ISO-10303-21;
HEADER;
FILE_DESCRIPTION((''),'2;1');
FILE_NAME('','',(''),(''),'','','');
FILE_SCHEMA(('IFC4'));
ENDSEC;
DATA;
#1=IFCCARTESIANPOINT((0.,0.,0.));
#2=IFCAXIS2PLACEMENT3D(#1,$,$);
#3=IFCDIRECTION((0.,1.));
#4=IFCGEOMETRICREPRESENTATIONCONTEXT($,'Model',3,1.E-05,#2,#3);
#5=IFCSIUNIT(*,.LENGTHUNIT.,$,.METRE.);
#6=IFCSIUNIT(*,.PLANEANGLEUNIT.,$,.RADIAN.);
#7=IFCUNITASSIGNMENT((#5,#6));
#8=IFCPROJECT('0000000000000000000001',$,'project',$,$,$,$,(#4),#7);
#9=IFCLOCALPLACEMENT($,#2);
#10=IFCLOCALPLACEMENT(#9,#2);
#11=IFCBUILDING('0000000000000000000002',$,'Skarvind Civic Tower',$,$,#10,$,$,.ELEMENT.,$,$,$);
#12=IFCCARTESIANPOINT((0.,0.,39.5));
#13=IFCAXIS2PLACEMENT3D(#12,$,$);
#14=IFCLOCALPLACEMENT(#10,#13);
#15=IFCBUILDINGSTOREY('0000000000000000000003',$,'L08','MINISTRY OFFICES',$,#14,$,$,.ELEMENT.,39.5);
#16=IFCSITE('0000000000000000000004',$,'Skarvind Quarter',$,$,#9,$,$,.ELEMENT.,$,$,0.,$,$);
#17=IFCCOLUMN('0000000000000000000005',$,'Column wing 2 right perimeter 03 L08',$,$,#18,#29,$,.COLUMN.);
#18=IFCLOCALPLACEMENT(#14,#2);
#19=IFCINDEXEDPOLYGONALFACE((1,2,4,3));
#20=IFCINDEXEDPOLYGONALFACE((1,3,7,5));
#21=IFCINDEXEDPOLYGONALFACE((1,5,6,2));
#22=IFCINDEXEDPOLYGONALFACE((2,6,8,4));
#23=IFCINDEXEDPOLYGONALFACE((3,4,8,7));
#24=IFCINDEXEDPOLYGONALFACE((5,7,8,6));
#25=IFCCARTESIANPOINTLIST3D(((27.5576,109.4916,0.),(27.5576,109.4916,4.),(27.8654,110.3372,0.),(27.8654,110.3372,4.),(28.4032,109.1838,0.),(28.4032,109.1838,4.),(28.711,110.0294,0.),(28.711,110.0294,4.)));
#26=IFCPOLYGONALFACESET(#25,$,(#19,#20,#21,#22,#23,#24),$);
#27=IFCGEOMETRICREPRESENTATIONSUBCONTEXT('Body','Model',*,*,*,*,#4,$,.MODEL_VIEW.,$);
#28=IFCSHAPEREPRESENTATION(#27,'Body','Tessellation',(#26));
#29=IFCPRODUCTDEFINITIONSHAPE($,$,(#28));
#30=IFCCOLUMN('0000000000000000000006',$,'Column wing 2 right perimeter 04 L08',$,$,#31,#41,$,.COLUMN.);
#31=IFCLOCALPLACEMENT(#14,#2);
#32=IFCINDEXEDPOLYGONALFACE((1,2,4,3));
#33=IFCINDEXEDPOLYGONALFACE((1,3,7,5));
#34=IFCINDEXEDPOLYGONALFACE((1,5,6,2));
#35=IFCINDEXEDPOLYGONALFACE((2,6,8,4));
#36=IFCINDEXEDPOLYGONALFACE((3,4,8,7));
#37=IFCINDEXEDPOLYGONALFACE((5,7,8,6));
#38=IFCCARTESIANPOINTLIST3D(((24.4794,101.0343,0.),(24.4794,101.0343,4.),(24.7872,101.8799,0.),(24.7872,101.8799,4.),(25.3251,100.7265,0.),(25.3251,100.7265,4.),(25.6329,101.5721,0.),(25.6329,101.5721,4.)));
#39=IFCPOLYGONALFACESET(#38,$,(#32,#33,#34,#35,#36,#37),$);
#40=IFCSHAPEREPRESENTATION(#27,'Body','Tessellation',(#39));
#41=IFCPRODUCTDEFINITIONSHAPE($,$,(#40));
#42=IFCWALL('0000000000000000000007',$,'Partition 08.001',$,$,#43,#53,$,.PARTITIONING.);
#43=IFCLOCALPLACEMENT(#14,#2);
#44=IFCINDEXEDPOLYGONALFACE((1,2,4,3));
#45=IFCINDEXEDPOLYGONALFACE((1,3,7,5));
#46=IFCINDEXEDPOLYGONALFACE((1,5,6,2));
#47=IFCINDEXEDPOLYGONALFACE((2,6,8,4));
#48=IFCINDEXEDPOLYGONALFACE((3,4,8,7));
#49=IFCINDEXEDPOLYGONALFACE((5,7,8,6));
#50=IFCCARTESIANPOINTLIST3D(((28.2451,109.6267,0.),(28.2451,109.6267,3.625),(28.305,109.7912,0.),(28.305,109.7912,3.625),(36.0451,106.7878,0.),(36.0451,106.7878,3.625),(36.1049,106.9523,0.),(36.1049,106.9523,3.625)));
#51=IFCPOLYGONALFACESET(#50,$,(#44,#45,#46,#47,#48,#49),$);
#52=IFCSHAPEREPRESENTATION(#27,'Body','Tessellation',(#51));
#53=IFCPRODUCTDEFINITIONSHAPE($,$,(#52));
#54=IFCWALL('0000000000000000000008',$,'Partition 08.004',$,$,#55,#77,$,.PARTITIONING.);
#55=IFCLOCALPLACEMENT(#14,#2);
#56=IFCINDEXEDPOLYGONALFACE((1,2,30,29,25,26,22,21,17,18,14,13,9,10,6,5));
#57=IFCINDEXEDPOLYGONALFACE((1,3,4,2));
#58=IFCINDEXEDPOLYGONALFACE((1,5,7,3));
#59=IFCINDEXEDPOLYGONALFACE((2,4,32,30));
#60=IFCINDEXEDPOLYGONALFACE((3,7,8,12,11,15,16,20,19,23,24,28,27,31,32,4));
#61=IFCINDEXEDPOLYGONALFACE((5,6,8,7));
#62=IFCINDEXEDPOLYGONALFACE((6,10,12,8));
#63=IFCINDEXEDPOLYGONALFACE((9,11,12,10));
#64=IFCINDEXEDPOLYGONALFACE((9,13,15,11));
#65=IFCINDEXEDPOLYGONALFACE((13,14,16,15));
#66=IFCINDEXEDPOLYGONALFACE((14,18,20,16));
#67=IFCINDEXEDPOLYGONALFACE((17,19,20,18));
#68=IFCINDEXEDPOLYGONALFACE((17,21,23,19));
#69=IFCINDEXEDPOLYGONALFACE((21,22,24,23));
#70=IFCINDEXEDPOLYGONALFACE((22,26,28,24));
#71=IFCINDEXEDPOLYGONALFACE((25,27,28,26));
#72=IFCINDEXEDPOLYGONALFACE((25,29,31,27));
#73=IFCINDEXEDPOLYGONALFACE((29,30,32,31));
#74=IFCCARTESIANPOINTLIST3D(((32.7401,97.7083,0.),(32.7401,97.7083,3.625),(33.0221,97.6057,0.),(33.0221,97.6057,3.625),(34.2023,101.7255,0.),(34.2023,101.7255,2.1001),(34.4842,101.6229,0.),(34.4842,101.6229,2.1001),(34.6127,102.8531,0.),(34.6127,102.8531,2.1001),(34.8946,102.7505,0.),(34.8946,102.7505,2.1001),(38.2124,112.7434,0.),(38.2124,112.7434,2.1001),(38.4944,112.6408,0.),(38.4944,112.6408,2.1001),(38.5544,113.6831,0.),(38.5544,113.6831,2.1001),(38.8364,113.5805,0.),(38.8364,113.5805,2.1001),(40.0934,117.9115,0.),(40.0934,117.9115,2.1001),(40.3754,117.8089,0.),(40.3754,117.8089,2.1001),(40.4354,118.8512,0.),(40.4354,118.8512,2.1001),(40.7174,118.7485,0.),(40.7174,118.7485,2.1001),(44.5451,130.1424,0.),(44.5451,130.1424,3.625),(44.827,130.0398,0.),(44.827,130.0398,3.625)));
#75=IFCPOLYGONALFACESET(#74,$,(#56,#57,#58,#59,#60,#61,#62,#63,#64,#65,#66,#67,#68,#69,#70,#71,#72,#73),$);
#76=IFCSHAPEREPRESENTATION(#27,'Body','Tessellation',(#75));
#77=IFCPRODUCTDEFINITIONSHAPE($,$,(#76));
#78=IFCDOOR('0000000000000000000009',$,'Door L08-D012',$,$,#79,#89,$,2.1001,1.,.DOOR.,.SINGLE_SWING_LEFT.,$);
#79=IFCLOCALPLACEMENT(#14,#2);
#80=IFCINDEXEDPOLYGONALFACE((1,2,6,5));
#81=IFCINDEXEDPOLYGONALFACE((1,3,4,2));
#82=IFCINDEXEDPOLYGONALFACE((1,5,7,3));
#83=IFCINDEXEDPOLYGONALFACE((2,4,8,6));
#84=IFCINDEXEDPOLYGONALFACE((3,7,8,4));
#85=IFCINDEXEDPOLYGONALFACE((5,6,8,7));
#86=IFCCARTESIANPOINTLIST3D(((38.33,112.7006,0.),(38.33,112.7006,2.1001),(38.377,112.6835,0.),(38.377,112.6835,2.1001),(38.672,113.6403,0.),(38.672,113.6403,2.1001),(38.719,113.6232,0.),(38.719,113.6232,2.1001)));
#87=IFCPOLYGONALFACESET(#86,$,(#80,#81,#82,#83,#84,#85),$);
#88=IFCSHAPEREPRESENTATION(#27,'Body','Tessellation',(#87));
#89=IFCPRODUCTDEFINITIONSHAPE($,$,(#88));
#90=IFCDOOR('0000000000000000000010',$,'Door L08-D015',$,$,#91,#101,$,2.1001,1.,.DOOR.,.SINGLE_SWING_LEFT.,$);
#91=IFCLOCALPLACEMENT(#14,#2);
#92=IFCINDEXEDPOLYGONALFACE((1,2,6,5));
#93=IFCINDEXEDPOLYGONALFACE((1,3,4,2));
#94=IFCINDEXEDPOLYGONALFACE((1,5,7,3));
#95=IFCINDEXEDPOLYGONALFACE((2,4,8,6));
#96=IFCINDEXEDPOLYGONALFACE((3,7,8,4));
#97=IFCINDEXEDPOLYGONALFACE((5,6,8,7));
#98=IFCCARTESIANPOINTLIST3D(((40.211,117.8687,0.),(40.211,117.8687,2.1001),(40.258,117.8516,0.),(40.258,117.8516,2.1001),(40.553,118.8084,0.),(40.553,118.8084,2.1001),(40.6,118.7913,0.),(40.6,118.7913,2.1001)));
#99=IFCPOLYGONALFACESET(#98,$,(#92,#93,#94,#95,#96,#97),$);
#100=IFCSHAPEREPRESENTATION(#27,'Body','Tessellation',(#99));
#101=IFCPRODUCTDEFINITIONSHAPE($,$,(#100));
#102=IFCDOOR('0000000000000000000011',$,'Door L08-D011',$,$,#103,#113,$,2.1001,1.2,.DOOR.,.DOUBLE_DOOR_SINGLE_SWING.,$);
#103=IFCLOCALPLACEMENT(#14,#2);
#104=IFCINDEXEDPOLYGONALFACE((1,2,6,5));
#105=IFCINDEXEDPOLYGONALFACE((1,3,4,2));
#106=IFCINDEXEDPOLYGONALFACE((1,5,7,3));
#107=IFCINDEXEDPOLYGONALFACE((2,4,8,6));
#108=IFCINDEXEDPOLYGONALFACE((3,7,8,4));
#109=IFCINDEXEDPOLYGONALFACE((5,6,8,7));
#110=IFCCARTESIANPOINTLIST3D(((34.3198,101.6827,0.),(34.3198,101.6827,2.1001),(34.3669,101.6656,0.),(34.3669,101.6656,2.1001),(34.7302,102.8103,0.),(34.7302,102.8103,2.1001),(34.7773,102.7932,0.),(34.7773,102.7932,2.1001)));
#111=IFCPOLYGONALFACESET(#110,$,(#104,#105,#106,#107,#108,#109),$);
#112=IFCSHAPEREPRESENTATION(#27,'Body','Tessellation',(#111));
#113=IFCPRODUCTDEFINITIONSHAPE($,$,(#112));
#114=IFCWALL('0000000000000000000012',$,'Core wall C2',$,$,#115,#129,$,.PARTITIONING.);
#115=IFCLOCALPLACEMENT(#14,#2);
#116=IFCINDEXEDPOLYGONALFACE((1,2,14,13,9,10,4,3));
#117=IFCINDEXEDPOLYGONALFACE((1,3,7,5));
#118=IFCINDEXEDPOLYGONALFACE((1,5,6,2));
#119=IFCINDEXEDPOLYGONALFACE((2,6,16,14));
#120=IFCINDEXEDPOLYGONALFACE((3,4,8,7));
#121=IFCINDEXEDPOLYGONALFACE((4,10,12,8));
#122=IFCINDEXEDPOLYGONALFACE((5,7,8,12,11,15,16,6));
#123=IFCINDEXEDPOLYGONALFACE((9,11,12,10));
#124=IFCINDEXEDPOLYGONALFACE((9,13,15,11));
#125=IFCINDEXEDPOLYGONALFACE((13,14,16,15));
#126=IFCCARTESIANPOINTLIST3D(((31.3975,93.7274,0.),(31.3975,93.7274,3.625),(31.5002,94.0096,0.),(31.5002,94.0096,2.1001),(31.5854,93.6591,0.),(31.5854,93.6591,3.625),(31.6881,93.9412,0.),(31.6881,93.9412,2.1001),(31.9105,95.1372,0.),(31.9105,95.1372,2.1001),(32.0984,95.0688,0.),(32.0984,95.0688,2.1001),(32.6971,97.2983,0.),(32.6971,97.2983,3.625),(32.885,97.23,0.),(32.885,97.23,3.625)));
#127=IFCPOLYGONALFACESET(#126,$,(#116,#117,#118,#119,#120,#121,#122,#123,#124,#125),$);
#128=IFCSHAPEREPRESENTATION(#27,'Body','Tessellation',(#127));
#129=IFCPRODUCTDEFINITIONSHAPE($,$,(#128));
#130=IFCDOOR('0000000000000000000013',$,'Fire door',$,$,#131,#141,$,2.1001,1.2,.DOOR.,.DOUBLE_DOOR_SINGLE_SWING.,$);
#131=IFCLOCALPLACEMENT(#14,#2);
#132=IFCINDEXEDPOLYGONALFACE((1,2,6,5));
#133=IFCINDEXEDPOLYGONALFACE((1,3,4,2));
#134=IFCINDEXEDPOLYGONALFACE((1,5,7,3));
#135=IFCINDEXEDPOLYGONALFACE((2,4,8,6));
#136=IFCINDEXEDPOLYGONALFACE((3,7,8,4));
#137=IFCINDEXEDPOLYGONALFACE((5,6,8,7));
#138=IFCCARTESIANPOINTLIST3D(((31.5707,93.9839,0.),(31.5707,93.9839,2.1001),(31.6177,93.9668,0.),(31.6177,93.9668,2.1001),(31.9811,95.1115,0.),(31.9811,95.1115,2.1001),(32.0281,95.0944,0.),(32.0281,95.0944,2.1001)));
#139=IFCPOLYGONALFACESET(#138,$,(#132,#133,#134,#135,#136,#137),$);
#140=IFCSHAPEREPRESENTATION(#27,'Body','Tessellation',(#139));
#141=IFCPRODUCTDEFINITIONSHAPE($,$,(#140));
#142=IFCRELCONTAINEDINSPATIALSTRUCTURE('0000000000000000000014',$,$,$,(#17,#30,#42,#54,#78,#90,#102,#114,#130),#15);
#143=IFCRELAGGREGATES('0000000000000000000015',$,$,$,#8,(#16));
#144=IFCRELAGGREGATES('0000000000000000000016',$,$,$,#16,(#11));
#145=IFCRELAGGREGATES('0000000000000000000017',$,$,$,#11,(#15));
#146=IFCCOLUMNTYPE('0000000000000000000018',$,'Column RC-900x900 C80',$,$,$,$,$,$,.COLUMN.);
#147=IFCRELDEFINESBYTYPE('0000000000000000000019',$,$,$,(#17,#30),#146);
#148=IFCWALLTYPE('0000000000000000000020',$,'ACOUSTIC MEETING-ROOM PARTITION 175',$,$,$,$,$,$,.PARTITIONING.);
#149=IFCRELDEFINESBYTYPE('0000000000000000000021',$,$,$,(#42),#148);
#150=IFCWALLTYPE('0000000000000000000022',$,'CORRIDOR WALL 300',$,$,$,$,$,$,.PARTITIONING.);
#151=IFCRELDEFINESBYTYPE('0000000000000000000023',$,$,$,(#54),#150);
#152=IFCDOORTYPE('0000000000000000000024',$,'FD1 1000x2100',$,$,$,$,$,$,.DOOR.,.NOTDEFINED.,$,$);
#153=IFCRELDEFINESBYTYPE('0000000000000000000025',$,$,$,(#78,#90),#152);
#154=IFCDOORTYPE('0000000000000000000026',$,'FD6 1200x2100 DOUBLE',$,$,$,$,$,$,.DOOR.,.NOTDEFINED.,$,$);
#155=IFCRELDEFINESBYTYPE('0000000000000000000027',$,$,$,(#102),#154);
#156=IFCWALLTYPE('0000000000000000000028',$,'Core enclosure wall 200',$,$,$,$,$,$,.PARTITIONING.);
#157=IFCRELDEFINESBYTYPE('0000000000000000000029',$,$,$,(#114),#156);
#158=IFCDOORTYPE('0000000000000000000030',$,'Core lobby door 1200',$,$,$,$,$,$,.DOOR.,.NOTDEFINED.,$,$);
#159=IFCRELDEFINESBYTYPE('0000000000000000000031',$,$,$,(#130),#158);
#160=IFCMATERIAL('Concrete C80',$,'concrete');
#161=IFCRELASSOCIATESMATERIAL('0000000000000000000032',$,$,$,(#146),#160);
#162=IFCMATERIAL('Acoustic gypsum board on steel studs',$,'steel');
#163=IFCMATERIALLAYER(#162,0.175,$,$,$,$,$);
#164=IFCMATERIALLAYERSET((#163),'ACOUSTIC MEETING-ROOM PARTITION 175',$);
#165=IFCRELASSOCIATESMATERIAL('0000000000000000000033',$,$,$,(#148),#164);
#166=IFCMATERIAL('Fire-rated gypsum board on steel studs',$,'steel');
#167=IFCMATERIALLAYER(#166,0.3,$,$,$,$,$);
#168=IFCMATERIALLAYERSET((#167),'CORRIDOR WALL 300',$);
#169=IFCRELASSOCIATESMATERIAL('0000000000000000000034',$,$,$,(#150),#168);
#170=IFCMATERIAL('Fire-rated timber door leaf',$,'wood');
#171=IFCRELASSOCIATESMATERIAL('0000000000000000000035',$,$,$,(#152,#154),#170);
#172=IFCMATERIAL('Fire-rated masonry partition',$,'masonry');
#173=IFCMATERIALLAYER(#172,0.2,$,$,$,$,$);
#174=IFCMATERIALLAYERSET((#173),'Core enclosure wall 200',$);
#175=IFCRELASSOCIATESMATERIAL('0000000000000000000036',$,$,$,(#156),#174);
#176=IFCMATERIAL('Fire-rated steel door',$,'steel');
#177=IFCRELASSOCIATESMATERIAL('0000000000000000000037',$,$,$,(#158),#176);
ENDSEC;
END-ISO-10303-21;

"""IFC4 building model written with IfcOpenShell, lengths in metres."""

from ifc_helpers import new_model, si_unit, direction, frame, frame_2d, origin, origin_2d, place, context, subcontext, project, spatial, rectangle, extrude, material, layer, layer_set, material_profile, profile_set, type_object, element, fill, save


model = new_model("IFC4")

# Units and contexts
model_context = context("Model", 3, precision=1e-05, world=origin(), true_north=direction((0.0, 1.0)))
body_context = subcontext(model_context, "Body", "Model", "MODEL_VIEW")
ifc_project = project(units=[si_unit("LENGTHUNIT", "METRE"), si_unit("PLANEANGLEUNIT", "RADIAN")], contexts=[model_context])

# Site, building, storey
site_placement = place(None, origin())
site = spatial("IfcSite", under=ifc_project, at=site_placement, Name="Skarvind Quarter", CompositionType="ELEMENT", RefElevation=0.0)
building_placement = place(site_placement, origin())
building = spatial("IfcBuilding", under=site, at=building_placement, Name="Skarvind Civic Tower", CompositionType="ELEMENT")
storey_placement = place(building_placement, frame((0.0, 0.0, 39.5)))
storey = spatial("IfcBuildingStorey", under=building, at=storey_placement, Name="L08", Description="MINISTRY OFFICES", CompositionType="ELEMENT", Elevation=39.5)

# Columns
ifc_material_1 = material(Name="Concrete C80", Category="concrete")
ifc_material_profile = material_profile(ifc_material_1, rectangle(XDim=0.8999, YDim=0.8999, at=origin_2d()), Name="RC-900x900")
ifc_profile_set = profile_set([ifc_material_profile], Name="Concrete C80")
column_type = type_object("IfcColumnType", Name="Column RC-900x900 C80", PredefinedType="COLUMN", material=ifc_profile_set)
for number, where, z_axis, x_axis, name in (
    (1, (28.1343, 109.7605, 0.0), (0.0, 0.0, 1.0), (-0.34202, -0.939693, 0.0), "Column wing 2 right perimeter 03 L08"),
    (2, (25.0562, 101.3032, 0.0), (0.0, 0.0, 1.0), (-0.34202, -0.939693, 0.0), "Column wing 2 right perimeter 04 L08"),
):
    element("IfcColumn", number, at=place(storey_placement, frame(where, z_axis=z_axis, x_axis=x_axis)), inside=storey, type_object=column_type, Name=name, PredefinedType="COLUMN", context=body_context, shape_type="SweptSolid", body=[
        extrude(rectangle(XDim=0.8999, YDim=0.8999, at=origin_2d()), origin(), (0.0, 0.0, 1.0), 4.0),
    ])

# Wall
ifc_material_2 = material(Name="Acoustic gypsum board on steel studs", Category="steel")
ifc_layer_1 = layer(ifc_material_2, 0.175)
ifc_layer_set_1 = layer_set([ifc_layer_1], Name="ACOUSTIC MEETING-ROOM PARTITION 175")
wall_type_1 = type_object("IfcWallType", Name="ACOUSTIC MEETING-ROOM PARTITION 175", PredefinedType="PARTITIONING", material=ifc_layer_set_1)
wall_1_placement = place(storey_placement, frame((28.2749, 109.709, 0.0), z_axis=(0.0, 0.0, 1.0), x_axis=(0.939697, -0.342008, 0.0)))
element("IfcWall", 3, at=wall_1_placement, inside=storey, type_object=wall_type_1, Name="Partition 08.001", PredefinedType="PARTITIONING", context=body_context, shape_type="SweptSolid", body=[
    extrude(rectangle(XDim=8.3005, YDim=0.175, at=frame_2d((4.1504, 0.0))), origin(), (0.0, 0.0, 1.0), 3.625),
])

# Wall, openings, doors
ifc_material_3 = material(Name="Fire-rated gypsum board on steel studs", Category="steel")
ifc_layer_2 = layer(ifc_material_3, 0.3)
ifc_layer_set_2 = layer_set([ifc_layer_2], Name="CORRIDOR WALL 300")
wall_type_2 = type_object("IfcWallType", Name="CORRIDOR WALL 300", PredefinedType="PARTITIONING", material=ifc_layer_set_2)
wall_2_placement = place(storey_placement, frame((32.8811, 97.657, 0.0), z_axis=(0.0, 0.0, 1.0), x_axis=(0.342017, 0.939694, 0.0)))
wall_2 = element("IfcWall", 4, at=wall_2_placement, inside=storey, type_object=wall_type_2, Name="Partition 08.004", PredefinedType="PARTITIONING", context=body_context, shape_type="SweptSolid", body=[
    extrude(rectangle(XDim=34.5156, YDim=0.3, at=frame_2d((17.2578, 0.0))), origin(), (0.0, 0.0, 1.0), 3.625),
])
opening_1_placement = place(wall_2_placement, frame((4.2749, 0.0, 0.0)))
opening_1 = element("IfcOpeningElement", 5, at=opening_1_placement, cuts=wall_2, PredefinedType="OPENING", context=body_context, shape_type="SweptSolid", body=[
    extrude(rectangle(XDim=1.2, YDim=2.1001, at=frame_2d((0.6001, 1.05))), frame((0.0, 0.1599, 0.0), z_axis=(0.0, -1.0, 0.0), x_axis=(1.0, 0.0, 0.0)), (0.0, 0.0, 1.0), 0.3201),
])
opening_2_placement = place(wall_2_placement, frame((16.0, 0.0, 0.0)))
opening_2 = element("IfcOpeningElement", 6, at=opening_2_placement, cuts=wall_2, PredefinedType="OPENING", context=body_context, shape_type="SweptSolid", body=[
    extrude(rectangle(XDim=1.0, YDim=2.1001, at=frame_2d((0.5, 1.05))), frame((0.0, 0.1599, 0.0), z_axis=(0.0, -1.0, 0.0), x_axis=(1.0, 0.0, 0.0)), (0.0, 0.0, 1.0), 0.3201),
])
opening_3_placement = place(wall_2_placement, frame((21.4998, 0.0, 0.0)))
opening_3 = element("IfcOpeningElement", 7, at=opening_3_placement, cuts=wall_2, PredefinedType="OPENING", context=body_context, shape_type="SweptSolid", body=[
    extrude(rectangle(XDim=1.0, YDim=2.1001, at=frame_2d((0.5, 1.05))), frame((0.0, 0.1599, 0.0), z_axis=(0.0, -1.0, 0.0), x_axis=(1.0, 0.0, 0.0)), (0.0, 0.0, 1.0), 0.3201),
])
ifc_material_4 = material(Name="Fire-rated timber door leaf", Category="wood")
door_type_1 = type_object("IfcDoorType", Name="FD1 1000x2100", OperationType="NOTDEFINED", PredefinedType="DOOR", material=ifc_material_4)
door_1_placement = place(opening_2_placement, origin())
door_1 = element("IfcDoor", 8, at=door_1_placement, inside=storey, type_object=door_type_1, Name="Door L08-D012", OperationType="SINGLE_SWING_LEFT", OverallHeight=2.1001, OverallWidth=1.0, PredefinedType="DOOR", context=body_context, shape_type="SweptSolid", body=[
    extrude(rectangle(XDim=1.0, YDim=2.1001, at=frame_2d((0.5, 1.05))), frame((0.0, 0.0249, 0.0), z_axis=(0.0, -1.0, 0.0), x_axis=(1.0, 0.0, 0.0)), (0.0, 0.0, 1.0), 0.05),
])
fill(opening_2, door_1)
door_2_placement = place(opening_3_placement, origin())
door_2 = element("IfcDoor", 9, at=door_2_placement, inside=storey, type_object=door_type_1, Name="Door L08-D015", OperationType="SINGLE_SWING_LEFT", OverallHeight=2.1001, OverallWidth=1.0, PredefinedType="DOOR", context=body_context, shape_type="SweptSolid", body=[
    extrude(rectangle(XDim=1.0, YDim=2.1001, at=frame_2d((0.5, 1.05))), frame((0.0, 0.0249, 0.0), z_axis=(0.0, -1.0, 0.0), x_axis=(1.0, 0.0, 0.0)), (0.0, 0.0, 1.0), 0.05),
])
fill(opening_3, door_2)
door_type_2 = type_object("IfcDoorType", Name="FD6 1200x2100 DOUBLE", OperationType="NOTDEFINED", PredefinedType="DOOR", material=ifc_material_4)
door_3_placement = place(opening_1_placement, origin())
door_3 = element("IfcDoor", 10, at=door_3_placement, inside=storey, type_object=door_type_2, Name="Door L08-D011", OperationType="DOUBLE_DOOR_SINGLE_SWING", OverallHeight=2.1001, OverallWidth=1.2, PredefinedType="DOOR", context=body_context, shape_type="SweptSolid", body=[
    extrude(rectangle(XDim=1.2, YDim=2.1001, at=frame_2d((0.6001, 1.05))), frame((0.0, 0.0249, 0.0), z_axis=(0.0, -1.0, 0.0), x_axis=(1.0, 0.0, 0.0)), (0.0, 0.0, 1.0), 0.05),
])
fill(opening_1, door_3)

# Wall, opening, door
ifc_material_5 = material(Name="Fire-rated masonry partition", Category="masonry")
ifc_layer_3 = layer(ifc_material_5, 0.2)
ifc_layer_set_3 = layer_set([ifc_layer_3], Name="Core enclosure wall 200")
wall_type_3 = type_object("IfcWallType", Name="Core enclosure wall 200", PredefinedType="PARTITIONING", material=ifc_layer_set_3)
wall_3_placement = place(storey_placement, frame((31.4915, 93.6934, 0.0), z_axis=(0.0, 0.0, 1.0), x_axis=(0.341996, 0.939701, 0.0)))
wall_3 = element("IfcWall", 11, at=wall_3_placement, inside=storey, type_object=wall_type_3, Name="Core wall C2", PredefinedType="PARTITIONING", context=body_context, shape_type="SweptSolid", body=[
    extrude(rectangle(XDim=3.8, YDim=0.2, at=frame_2d((1.8999, 0.0))), origin(), (0.0, 0.0, 1.0), 3.625),
])
opening_4_placement = place(wall_3_placement, frame((0.3, 0.0, 0.0)))
opening_4 = element("IfcOpeningElement", 12, at=opening_4_placement, cuts=wall_3, PredefinedType="OPENING", context=body_context, shape_type="SweptSolid", body=[
    extrude(rectangle(XDim=1.2, YDim=2.1001, at=frame_2d((0.6001, 1.05))), frame((0.0, 0.1099, 0.0), z_axis=(0.0, -1.0, 0.0), x_axis=(1.0, 0.0, 0.0)), (0.0, 0.0, 1.0), 0.22),
])
ifc_material_6 = material(Name="Fire-rated steel door", Category="steel")
door_type_3 = type_object("IfcDoorType", Name="Core lobby door 1200", OperationType="NOTDEFINED", PredefinedType="DOOR", material=ifc_material_6)
door_4_placement = place(opening_4_placement, origin())
door_4 = element("IfcDoor", 13, at=door_4_placement, inside=storey, type_object=door_type_3, Name="Fire door", OperationType="DOUBLE_DOOR_SINGLE_SWING", OverallHeight=2.1001, OverallWidth=1.2, PredefinedType="DOOR", context=body_context, shape_type="SweptSolid", body=[
    extrude(rectangle(XDim=1.2, YDim=2.1001, at=frame_2d((0.6001, 1.05))), frame((0.0, 0.0249, 0.0), z_axis=(0.0, -1.0, 0.0), x_axis=(1.0, 0.0, 0.0)), (0.0, 0.0, 1.0), 0.05),
])
fill(opening_4, door_4)

save(model, "model.ifc")
